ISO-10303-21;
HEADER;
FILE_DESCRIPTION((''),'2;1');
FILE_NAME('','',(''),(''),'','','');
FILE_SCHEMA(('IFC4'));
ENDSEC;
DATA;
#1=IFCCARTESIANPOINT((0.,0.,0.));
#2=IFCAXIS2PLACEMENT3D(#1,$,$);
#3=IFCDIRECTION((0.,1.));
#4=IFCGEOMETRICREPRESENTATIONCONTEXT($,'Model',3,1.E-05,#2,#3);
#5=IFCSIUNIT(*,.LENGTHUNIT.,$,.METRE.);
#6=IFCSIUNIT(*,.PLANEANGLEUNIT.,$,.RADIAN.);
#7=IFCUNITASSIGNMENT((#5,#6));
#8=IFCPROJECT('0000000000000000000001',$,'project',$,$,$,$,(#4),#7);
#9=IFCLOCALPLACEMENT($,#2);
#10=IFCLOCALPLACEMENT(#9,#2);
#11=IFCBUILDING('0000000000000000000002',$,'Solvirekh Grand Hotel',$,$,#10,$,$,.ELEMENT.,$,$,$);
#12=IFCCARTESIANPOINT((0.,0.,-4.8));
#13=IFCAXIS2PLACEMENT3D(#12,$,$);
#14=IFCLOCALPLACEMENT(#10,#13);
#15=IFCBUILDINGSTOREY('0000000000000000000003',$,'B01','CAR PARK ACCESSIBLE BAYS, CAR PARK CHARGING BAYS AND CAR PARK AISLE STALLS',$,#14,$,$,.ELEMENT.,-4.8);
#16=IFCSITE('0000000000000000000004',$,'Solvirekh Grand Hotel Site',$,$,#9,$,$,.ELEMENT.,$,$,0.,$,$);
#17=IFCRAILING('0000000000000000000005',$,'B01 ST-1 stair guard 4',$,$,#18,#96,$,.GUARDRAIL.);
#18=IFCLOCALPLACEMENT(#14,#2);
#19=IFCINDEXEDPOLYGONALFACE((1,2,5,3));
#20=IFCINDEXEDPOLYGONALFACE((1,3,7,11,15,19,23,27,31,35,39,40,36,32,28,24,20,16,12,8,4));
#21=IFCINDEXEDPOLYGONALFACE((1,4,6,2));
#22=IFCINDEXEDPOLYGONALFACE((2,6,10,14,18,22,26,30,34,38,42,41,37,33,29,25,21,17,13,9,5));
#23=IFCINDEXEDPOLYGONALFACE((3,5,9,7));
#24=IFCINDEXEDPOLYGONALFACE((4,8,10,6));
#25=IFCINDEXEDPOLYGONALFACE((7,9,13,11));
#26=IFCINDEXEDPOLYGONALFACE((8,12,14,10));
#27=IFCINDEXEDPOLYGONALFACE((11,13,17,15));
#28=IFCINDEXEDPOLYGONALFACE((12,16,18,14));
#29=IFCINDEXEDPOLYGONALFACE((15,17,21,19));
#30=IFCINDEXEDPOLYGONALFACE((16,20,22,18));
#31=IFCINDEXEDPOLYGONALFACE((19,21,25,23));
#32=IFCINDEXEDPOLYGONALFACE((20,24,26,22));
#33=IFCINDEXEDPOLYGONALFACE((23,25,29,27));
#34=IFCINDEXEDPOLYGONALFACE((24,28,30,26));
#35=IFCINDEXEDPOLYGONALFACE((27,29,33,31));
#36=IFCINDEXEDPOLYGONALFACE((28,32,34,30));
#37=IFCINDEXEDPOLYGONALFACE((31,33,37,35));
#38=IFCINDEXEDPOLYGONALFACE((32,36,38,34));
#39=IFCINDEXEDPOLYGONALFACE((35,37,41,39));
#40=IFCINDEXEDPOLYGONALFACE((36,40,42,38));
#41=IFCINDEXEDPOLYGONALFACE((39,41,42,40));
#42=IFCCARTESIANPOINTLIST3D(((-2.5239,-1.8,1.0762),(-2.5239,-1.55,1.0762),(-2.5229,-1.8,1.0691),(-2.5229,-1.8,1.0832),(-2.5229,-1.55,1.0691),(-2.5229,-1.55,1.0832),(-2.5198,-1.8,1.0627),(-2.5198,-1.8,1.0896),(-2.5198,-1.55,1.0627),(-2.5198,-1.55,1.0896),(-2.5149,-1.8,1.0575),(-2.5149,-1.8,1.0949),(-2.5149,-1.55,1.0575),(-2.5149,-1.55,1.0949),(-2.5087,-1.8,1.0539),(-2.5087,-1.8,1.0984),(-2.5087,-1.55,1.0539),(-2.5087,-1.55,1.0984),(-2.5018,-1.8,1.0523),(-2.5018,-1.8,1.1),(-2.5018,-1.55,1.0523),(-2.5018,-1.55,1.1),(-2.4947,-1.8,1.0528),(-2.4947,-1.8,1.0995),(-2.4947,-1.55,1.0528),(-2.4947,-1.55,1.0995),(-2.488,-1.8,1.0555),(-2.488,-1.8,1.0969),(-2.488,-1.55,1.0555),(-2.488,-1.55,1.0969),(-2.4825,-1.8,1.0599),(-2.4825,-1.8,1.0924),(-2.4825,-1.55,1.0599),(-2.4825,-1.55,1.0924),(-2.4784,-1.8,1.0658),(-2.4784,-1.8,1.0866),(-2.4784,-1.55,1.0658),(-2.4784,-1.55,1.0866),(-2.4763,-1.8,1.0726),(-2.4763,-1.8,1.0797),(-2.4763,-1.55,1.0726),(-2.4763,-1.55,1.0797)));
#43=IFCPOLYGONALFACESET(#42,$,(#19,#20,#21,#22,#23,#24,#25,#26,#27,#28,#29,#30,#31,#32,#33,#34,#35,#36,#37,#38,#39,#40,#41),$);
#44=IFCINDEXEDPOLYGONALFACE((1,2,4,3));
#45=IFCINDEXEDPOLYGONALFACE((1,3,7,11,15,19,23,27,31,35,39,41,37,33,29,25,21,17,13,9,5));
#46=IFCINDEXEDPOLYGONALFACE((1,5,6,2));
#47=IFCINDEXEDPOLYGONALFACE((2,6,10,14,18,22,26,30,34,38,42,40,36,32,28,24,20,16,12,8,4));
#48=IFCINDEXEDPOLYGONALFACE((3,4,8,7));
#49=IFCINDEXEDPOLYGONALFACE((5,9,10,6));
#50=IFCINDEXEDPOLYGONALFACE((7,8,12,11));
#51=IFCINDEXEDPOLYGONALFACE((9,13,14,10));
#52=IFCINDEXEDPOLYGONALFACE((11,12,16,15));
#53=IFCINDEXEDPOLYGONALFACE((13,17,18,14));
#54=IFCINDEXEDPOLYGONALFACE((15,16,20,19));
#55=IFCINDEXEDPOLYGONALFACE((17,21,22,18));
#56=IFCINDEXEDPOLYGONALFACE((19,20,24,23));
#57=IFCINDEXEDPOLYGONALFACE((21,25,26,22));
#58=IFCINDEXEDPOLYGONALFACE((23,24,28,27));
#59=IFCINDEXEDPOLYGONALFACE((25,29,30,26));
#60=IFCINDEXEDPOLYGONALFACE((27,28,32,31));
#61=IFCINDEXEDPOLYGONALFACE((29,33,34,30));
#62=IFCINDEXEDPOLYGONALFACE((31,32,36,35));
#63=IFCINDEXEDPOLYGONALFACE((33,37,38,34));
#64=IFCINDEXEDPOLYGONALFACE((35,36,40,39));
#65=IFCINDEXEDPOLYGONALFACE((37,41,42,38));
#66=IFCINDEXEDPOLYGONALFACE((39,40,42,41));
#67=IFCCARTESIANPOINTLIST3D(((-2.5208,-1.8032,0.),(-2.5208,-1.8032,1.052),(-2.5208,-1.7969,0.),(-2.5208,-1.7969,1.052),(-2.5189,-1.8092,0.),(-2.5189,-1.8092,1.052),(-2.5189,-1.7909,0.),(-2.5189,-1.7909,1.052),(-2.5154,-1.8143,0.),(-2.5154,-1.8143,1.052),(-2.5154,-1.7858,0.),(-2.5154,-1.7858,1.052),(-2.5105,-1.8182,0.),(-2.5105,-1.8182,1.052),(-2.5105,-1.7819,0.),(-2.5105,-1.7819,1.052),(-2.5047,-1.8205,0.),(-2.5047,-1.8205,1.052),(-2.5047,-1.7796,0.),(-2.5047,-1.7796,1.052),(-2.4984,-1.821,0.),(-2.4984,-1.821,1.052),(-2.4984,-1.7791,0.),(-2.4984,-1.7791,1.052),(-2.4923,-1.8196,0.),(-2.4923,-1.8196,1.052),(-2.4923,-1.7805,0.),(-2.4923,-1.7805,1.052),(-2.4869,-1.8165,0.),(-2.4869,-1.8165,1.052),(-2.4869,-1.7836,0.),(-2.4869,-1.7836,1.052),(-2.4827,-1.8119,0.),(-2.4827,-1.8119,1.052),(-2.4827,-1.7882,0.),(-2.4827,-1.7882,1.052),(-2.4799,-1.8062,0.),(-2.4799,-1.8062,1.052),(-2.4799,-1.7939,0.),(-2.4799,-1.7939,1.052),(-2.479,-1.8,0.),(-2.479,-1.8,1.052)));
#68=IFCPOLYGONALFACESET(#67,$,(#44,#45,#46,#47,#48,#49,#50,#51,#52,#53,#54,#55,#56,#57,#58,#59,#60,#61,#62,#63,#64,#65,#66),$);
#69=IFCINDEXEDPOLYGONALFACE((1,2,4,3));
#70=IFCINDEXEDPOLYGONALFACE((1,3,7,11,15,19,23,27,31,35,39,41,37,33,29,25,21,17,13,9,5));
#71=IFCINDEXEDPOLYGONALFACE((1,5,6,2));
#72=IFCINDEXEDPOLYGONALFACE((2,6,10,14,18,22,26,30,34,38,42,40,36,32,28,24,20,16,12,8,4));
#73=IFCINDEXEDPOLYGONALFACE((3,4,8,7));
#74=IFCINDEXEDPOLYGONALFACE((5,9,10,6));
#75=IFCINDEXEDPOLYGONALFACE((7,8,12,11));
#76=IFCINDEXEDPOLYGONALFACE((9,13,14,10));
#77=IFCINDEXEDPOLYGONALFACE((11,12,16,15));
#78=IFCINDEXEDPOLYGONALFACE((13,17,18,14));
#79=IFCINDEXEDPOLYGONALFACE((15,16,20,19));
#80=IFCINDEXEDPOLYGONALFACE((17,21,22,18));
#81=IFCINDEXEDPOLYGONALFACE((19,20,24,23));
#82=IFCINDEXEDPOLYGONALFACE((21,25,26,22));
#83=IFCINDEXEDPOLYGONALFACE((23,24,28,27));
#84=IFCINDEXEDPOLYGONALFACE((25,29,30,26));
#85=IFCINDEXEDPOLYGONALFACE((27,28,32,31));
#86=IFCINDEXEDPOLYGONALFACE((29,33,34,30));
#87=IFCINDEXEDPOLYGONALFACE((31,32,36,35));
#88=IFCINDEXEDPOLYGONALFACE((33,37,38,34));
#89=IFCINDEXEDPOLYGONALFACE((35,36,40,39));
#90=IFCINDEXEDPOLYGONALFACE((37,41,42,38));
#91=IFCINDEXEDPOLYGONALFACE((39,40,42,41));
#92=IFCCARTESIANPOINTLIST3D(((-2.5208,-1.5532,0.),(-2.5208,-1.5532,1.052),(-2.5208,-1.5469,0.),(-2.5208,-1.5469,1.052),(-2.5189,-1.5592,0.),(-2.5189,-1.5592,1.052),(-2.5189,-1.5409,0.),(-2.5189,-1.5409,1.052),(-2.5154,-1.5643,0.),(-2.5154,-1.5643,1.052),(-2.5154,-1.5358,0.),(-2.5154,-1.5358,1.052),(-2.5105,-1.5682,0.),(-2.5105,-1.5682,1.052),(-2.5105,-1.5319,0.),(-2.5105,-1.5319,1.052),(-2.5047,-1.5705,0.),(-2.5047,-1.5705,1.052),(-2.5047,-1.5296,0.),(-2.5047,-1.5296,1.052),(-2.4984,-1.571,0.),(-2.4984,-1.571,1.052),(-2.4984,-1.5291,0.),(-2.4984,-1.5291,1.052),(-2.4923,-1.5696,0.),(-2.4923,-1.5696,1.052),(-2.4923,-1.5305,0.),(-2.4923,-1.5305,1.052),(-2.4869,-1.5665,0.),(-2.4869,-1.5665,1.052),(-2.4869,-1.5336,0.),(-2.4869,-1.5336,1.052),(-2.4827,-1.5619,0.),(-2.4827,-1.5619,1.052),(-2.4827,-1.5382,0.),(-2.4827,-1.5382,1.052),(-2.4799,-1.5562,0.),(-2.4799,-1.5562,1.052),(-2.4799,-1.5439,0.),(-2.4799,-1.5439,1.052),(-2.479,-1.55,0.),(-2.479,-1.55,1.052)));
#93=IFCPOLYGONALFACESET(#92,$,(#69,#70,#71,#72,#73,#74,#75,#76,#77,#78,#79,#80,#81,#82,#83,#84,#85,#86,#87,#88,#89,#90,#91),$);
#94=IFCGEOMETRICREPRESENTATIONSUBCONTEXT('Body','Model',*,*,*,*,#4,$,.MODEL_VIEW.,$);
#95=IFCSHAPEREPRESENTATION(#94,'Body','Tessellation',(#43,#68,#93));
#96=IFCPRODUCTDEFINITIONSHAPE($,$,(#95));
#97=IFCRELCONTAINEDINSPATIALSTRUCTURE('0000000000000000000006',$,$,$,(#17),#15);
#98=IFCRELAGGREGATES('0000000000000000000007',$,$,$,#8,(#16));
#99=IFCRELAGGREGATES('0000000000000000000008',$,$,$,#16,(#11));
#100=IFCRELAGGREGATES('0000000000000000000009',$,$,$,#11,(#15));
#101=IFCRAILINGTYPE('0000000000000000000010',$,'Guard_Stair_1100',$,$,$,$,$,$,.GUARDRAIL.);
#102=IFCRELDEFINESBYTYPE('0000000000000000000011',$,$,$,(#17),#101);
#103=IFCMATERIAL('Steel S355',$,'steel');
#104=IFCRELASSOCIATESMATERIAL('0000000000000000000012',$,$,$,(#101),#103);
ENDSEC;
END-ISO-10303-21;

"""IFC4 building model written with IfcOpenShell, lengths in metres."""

from ifc_helpers import new_model, si_unit, direction, frame, origin, origin_2d, place, context, subcontext, project, spatial, circle, extrude, material, type_object, element, save


model = new_model("IFC4")

# Units and contexts
model_context = context("Model", 3, precision=1e-05, world=origin(), true_north=direction((0.0, 1.0)))
body_context = subcontext(model_context, "Body", "Model", "MODEL_VIEW")
ifc_project = project(units=[si_unit("LENGTHUNIT", "METRE"), si_unit("PLANEANGLEUNIT", "RADIAN")], contexts=[model_context])

# Site, building, storey
site_placement = place(None, origin())
site = spatial("IfcSite", under=ifc_project, at=site_placement, Name="Solvirekh Grand Hotel Site", CompositionType="ELEMENT", RefElevation=0.0)
building_placement = place(site_placement, origin())
building = spatial("IfcBuilding", under=site, at=building_placement, Name="Solvirekh Grand Hotel", CompositionType="ELEMENT")
storey_placement = place(building_placement, frame((0.0, 0.0, -4.8)))
storey = spatial("IfcBuildingStorey", under=building, at=storey_placement, Name="B01", Description="CAR PARK ACCESSIBLE BAYS, CAR PARK CHARGING BAYS AND CAR PARK AISLE STALLS", CompositionType="ELEMENT", Elevation=-4.8)

# Shared definitions
ifc_material_1 = material(Name="Steel S355", Category="steel")

# Railing
railing_type_1 = type_object("IfcRailingType", Name="Guard_Stair_1100", PredefinedType="GUARDRAIL", material=ifc_material_1)
railing_1_placement = place(storey_placement, frame((-2.5, -1.8, 0.0)))
element("IfcRailing", 1, at=railing_1_placement, inside=storey, type_object=railing_type_1, Name="B01 ST-1 stair guard 4", PredefinedType="GUARDRAIL", context=body_context, shape_type="SweptSolid", body=[
    extrude(circle(Radius=0.0239, at=origin_2d()), frame((0.0, 0.0, 1.0762), z_axis=(0.0, 1.0, 0.0), x_axis=(-1.0, 0.0, 0.0)), (0.0, 0.0, 1.0), 0.25),
    extrude(circle(Radius=0.021, at=origin_2d()), origin(), (0.0, 0.0, 1.0), 1.052),
    extrude(circle(Radius=0.021, at=origin_2d()), frame((0.0, 0.25, 0.0)), (0.0, 0.0, 1.0), 1.052),
])

save(model, "model.ifc")
